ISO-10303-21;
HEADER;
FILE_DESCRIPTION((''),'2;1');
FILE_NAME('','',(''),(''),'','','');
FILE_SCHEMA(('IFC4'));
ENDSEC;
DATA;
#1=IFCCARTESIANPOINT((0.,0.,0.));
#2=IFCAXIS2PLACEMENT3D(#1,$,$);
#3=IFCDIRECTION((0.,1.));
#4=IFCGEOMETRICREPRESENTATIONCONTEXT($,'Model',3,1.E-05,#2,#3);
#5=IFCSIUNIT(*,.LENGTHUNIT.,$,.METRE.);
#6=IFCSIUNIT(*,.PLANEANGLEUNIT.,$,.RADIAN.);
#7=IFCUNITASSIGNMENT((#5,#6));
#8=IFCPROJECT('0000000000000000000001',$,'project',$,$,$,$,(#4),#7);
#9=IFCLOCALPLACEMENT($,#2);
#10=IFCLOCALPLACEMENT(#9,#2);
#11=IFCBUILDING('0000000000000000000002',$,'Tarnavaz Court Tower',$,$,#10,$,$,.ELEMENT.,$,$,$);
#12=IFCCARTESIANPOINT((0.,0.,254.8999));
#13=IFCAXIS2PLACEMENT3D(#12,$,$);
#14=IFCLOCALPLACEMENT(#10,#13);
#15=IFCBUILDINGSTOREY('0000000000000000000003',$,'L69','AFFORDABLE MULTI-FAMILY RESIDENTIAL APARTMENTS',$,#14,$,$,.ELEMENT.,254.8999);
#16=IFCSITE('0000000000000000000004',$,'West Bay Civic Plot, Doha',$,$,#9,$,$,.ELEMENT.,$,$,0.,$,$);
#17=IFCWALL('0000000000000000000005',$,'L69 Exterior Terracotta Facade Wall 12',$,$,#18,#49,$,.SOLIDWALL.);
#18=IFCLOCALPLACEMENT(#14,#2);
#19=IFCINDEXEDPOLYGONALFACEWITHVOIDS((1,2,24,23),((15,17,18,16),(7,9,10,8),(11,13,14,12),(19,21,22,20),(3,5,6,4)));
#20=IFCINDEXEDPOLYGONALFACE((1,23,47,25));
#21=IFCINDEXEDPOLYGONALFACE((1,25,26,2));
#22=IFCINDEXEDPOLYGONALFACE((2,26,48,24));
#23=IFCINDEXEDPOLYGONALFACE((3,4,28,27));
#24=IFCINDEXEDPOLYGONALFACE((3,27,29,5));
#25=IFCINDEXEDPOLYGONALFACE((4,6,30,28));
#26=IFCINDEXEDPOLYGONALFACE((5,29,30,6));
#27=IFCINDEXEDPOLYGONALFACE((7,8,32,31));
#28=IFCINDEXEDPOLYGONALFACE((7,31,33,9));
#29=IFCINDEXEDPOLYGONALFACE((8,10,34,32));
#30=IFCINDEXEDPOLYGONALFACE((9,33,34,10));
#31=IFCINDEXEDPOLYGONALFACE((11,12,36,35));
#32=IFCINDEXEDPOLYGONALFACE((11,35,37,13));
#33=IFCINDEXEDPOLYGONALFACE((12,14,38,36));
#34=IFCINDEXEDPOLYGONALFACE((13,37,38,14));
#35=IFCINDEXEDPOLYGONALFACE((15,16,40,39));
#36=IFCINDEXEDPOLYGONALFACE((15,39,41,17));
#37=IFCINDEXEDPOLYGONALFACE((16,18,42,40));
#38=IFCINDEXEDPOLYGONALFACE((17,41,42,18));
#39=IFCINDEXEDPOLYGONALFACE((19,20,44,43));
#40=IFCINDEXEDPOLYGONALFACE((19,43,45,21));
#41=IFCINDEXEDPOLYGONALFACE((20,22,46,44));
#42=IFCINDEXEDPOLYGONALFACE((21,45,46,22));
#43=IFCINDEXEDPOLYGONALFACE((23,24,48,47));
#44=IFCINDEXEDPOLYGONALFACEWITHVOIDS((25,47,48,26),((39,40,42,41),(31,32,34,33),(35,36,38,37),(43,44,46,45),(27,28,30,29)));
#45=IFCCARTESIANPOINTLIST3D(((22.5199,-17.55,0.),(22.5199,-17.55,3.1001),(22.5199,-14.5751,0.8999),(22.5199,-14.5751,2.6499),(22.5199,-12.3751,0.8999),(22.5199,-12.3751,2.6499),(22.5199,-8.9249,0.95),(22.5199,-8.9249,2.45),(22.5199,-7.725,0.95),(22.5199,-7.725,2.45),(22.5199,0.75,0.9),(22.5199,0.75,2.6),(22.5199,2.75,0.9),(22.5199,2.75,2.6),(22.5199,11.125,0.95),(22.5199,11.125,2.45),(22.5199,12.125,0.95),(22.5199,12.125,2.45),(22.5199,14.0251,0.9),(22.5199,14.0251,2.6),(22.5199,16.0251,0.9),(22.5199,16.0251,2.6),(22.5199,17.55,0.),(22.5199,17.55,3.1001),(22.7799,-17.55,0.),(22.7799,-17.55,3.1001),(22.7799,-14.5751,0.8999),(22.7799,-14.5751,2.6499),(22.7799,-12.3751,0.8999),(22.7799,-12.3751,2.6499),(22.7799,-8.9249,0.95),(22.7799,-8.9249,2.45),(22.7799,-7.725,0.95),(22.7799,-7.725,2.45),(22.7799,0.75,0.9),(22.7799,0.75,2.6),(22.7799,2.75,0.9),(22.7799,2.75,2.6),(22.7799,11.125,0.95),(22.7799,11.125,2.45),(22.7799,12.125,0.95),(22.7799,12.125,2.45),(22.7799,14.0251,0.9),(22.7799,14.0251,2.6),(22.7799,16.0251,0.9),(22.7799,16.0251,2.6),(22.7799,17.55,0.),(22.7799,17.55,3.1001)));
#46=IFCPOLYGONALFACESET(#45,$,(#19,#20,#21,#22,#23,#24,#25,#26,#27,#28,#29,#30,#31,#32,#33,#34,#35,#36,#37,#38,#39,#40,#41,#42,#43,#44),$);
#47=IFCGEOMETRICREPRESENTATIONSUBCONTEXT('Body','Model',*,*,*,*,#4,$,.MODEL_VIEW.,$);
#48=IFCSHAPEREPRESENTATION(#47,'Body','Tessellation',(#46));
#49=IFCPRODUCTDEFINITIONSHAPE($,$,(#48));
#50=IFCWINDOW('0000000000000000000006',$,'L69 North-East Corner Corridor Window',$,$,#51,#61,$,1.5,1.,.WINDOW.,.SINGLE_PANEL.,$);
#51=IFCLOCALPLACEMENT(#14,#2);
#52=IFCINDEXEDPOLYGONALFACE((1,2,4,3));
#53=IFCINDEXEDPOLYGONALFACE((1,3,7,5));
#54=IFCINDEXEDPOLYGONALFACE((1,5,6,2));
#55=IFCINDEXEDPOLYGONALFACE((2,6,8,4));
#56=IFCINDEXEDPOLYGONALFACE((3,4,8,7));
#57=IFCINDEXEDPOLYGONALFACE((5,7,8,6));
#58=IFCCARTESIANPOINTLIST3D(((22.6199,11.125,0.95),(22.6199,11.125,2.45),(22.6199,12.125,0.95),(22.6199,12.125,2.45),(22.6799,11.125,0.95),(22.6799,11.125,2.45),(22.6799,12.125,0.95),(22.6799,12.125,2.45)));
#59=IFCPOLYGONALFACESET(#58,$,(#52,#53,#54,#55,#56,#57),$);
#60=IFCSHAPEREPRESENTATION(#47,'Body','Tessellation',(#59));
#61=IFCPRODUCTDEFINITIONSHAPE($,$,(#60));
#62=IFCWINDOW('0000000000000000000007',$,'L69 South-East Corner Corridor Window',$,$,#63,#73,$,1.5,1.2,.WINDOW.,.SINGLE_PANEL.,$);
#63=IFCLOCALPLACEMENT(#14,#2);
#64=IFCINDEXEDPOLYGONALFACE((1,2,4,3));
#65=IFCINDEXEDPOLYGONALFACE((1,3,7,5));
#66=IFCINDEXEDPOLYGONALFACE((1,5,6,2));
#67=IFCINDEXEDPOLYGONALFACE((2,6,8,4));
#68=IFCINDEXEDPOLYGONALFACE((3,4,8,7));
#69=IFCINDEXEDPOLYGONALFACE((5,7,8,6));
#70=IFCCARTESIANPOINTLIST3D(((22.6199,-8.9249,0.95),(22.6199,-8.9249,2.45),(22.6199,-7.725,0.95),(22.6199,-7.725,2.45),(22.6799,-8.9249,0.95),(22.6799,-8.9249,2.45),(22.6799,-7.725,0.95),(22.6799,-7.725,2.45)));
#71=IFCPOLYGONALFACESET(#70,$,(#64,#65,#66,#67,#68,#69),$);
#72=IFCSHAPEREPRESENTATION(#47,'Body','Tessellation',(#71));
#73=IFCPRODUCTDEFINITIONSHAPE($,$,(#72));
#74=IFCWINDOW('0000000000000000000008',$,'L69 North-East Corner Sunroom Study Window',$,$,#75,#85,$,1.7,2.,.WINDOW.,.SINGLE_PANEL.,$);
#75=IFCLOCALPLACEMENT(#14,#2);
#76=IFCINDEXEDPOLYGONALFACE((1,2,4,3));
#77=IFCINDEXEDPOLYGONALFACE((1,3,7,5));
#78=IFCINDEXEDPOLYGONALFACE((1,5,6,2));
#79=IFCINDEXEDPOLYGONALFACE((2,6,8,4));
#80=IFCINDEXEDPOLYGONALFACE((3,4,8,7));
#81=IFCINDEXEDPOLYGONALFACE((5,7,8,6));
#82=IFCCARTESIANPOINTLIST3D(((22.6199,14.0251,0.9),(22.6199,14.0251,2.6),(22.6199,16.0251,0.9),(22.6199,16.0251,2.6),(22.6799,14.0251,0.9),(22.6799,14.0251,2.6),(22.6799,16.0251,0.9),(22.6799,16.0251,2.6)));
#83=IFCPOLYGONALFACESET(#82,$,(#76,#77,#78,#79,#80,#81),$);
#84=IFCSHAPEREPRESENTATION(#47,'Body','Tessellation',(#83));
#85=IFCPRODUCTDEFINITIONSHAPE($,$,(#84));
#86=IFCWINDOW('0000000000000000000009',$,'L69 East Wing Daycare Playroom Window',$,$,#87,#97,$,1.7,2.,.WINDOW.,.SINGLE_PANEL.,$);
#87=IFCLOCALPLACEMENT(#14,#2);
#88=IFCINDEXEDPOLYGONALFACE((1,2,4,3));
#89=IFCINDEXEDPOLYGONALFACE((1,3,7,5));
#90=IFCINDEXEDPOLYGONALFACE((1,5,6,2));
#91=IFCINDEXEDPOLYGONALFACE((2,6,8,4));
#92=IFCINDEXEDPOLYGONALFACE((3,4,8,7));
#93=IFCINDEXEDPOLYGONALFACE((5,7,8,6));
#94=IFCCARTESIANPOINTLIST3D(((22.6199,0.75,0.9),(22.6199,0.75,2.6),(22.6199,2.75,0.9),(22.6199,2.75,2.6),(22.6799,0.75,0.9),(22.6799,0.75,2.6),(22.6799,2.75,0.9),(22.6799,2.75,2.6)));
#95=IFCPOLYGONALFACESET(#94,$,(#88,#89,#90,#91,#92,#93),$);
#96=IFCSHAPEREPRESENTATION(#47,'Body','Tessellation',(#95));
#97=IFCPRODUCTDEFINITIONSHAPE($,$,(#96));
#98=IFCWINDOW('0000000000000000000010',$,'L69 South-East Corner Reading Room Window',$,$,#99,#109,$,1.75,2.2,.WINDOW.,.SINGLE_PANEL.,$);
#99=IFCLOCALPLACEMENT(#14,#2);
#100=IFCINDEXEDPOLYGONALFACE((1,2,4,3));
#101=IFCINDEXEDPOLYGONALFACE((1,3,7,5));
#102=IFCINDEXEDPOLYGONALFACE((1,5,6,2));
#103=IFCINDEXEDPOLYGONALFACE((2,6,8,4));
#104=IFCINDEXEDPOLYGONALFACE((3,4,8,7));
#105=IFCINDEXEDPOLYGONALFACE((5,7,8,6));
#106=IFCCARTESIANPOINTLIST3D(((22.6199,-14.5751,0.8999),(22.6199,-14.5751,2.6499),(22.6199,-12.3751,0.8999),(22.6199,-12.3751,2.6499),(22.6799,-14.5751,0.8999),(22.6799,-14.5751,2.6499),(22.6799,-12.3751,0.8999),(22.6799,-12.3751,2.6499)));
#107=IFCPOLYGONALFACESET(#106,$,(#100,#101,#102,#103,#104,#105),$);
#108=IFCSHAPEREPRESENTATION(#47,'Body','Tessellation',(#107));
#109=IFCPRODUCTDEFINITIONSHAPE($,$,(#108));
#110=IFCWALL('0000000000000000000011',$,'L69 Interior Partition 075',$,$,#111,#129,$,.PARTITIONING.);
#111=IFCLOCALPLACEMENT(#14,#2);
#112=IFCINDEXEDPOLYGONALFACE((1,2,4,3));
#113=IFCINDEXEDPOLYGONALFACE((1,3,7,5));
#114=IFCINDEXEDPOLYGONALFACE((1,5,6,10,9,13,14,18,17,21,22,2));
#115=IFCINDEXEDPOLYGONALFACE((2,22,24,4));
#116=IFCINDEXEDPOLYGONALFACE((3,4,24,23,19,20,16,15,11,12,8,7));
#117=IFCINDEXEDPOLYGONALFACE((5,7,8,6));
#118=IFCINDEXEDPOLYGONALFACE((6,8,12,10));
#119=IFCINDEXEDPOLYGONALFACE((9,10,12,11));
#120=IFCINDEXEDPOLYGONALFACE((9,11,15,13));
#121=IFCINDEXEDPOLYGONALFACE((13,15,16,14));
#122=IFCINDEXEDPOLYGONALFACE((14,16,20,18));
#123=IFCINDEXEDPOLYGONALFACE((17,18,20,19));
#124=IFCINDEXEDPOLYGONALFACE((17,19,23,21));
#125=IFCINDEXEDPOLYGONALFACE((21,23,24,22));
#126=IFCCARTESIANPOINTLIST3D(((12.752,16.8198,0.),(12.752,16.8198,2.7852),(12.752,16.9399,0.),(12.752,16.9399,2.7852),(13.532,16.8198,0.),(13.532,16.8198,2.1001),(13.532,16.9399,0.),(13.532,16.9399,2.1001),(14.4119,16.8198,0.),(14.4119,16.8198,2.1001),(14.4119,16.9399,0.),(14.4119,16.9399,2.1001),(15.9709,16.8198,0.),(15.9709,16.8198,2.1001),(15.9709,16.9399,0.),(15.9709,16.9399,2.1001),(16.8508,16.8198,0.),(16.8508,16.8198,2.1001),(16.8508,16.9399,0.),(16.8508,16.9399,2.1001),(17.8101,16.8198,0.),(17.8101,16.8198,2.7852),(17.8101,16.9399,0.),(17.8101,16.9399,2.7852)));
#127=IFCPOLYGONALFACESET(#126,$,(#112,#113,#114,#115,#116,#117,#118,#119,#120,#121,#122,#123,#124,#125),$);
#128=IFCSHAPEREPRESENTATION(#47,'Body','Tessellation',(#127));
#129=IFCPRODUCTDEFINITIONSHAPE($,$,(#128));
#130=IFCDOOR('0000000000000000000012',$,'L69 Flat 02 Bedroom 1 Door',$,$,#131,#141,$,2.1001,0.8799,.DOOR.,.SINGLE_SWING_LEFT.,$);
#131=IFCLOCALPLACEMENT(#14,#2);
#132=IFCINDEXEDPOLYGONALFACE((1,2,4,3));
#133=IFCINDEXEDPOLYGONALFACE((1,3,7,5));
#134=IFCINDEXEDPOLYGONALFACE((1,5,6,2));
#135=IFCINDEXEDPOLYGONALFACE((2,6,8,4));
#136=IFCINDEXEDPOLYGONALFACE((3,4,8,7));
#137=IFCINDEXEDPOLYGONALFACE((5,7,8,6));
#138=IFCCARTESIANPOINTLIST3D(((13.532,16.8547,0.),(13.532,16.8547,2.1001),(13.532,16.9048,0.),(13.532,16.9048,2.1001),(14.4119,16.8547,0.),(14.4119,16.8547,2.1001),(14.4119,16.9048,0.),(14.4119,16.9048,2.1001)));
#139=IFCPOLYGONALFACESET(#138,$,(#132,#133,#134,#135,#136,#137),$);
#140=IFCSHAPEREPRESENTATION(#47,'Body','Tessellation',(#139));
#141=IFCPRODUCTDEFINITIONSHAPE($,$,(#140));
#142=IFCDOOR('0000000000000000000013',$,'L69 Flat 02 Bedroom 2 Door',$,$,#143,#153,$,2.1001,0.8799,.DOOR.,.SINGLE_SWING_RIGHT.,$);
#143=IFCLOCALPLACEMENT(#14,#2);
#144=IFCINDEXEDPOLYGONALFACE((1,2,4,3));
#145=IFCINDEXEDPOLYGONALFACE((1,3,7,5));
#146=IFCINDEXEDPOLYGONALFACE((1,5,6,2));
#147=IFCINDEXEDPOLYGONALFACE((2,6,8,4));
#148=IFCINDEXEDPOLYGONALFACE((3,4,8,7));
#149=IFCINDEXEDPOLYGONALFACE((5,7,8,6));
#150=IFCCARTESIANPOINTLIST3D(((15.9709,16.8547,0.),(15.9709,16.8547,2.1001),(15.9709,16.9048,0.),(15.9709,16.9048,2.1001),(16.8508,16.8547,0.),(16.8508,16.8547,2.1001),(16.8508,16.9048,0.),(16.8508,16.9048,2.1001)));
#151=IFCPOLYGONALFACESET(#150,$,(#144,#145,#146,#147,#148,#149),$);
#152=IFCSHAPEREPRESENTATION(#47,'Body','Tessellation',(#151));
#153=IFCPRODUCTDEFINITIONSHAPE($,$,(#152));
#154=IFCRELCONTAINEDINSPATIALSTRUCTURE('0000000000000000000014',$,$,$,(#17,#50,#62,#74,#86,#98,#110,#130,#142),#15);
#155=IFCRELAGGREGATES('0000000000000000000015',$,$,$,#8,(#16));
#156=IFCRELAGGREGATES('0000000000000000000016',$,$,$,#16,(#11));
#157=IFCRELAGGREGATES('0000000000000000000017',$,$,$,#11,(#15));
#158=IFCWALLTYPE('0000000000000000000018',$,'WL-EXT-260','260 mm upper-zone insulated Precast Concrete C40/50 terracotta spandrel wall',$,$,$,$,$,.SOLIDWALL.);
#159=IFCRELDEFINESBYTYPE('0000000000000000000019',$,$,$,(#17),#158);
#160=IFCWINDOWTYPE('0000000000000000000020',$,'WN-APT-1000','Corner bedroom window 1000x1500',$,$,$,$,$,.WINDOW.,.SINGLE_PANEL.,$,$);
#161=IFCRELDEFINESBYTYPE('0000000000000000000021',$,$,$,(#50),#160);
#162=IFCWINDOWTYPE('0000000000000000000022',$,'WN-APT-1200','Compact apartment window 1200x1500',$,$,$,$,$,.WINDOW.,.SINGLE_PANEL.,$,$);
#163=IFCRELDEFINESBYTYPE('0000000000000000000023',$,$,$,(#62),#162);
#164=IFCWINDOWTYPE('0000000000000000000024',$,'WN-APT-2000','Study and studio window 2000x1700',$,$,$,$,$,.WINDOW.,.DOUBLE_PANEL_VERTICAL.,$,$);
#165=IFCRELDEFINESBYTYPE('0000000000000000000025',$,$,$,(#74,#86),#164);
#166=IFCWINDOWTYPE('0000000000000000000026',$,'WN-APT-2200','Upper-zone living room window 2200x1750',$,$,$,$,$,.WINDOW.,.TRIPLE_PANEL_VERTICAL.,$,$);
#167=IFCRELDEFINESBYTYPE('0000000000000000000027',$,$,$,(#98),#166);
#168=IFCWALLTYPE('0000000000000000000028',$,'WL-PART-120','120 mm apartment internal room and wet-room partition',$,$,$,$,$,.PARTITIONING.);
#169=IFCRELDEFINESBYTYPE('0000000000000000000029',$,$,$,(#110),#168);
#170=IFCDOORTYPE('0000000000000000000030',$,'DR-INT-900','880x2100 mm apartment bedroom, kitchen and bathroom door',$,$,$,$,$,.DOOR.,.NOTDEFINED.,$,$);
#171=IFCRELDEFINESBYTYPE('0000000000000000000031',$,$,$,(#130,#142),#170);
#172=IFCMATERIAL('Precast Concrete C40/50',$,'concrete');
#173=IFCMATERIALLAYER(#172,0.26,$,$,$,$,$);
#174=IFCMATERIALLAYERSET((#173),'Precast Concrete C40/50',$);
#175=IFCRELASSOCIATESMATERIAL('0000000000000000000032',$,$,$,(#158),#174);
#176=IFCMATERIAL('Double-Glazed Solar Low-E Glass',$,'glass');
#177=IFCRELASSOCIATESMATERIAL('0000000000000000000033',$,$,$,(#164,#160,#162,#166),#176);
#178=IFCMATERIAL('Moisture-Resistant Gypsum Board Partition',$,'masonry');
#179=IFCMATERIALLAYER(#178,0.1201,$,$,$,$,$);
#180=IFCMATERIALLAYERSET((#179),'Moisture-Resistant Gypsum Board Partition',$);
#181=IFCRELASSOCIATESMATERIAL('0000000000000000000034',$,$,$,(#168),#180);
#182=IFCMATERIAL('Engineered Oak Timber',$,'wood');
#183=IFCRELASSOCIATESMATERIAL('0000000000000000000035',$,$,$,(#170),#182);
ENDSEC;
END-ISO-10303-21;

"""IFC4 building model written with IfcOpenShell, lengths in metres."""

from ifc_helpers import new_model, si_unit, direction, frame, frame_2d, origin, place, context, subcontext, project, spatial, rectangle, extrude, material, layer, layer_set, type_object, element, fill, save


model = new_model("IFC4")

# Units and contexts
model_context = context("Model", 3, precision=1e-05, world=origin(), true_north=direction((0.0, 1.0)))
body_context = subcontext(model_context, "Body", "Model", "MODEL_VIEW")
ifc_project = project(units=[si_unit("LENGTHUNIT", "METRE"), si_unit("PLANEANGLEUNIT", "RADIAN")], contexts=[model_context])

# Site, building, storey
site_placement = place(None, origin())
site = spatial("IfcSite", under=ifc_project, at=site_placement, Name="West Bay Civic Plot, Doha", CompositionType="ELEMENT", RefElevation=0.0)
building_placement = place(site_placement, origin())
building = spatial("IfcBuilding", under=site, at=building_placement, Name="Tarnavaz Court Tower", CompositionType="ELEMENT")
storey_placement = place(building_placement, frame((0.0, 0.0, 254.8999)))
storey = spatial("IfcBuildingStorey", under=building, at=storey_placement, Name="L69", Description="AFFORDABLE MULTI-FAMILY RESIDENTIAL APARTMENTS", CompositionType="ELEMENT", Elevation=254.8999)

# Shared definitions
ifc_material_1 = material(Name="Precast Concrete C40/50", Category="concrete")
ifc_layer_1 = layer(ifc_material_1, 0.26)
ifc_layer_set_1 = layer_set([ifc_layer_1], Name="Precast Concrete C40/50")
wall_type_1 = type_object("IfcWallType", Name="WL-EXT-260", Description="260 mm upper-zone insulated Precast Concrete C40/50 terracotta spandrel wall", PredefinedType="SOLIDWALL", material=ifc_layer_set_1)
ifc_material_2 = material(Name="Double-Glazed Solar Low-E Glass", Category="glass")
window_type_1 = type_object("IfcWindowType", Name="WN-APT-2000", Description="Study and studio window 2000x1700", PartitioningType="DOUBLE_PANEL_VERTICAL", PredefinedType="WINDOW", material=ifc_material_2)

# Wall, openings, windows
wall_1_placement = place(storey_placement, frame((22.6499, 17.55, 0.0), z_axis=(0.0, 0.0, 1.0), x_axis=(0.0, -1.0, 0.0)))
wall_1 = element("IfcWall", 1, at=wall_1_placement, inside=storey, type_object=wall_type_1, Name="L69 Exterior Terracotta Facade Wall 12", PredefinedType="SOLIDWALL", context=body_context, shape_type="SweptSolid", body=[
    extrude(rectangle(XDim=35.1001, YDim=0.26, at=frame_2d((17.55, 0.0))), origin(), (0.0, 0.0, 1.0), 3.1001),
])
opening_1_placement = place(wall_1_placement, frame((1.5249, 0.0, 0.8999)))
opening_1 = element("IfcOpeningElement", 2, at=opening_1_placement, cuts=wall_1, PredefinedType="OPENING", context=body_context, shape_type="SweptSolid", body=[
    extrude(rectangle(XDim=2.0, YDim=1.7, at=frame_2d((1.0, 0.8501))), frame((0.0, 0.1399, 0.0), z_axis=(0.0, -1.0, 0.0), x_axis=(1.0, 0.0, 0.0)), (0.0, 0.0, 1.0), 0.28),
])
opening_2_placement = place(wall_1_placement, frame((5.425, 0.0, 0.95)))
opening_2 = element("IfcOpeningElement", 3, at=opening_2_placement, cuts=wall_1, PredefinedType="OPENING", context=body_context, shape_type="SweptSolid", body=[
    extrude(rectangle(XDim=1.0, YDim=1.5, at=frame_2d((0.5, 0.75))), frame((0.0, 0.1399, 0.0), z_axis=(0.0, -1.0, 0.0), x_axis=(1.0, 0.0, 0.0)), (0.0, 0.0, 1.0), 0.28),
])
opening_3_placement = place(wall_1_placement, frame((14.8, 0.0, 0.8999)))
opening_3 = element("IfcOpeningElement", 4, at=opening_3_placement, cuts=wall_1, PredefinedType="OPENING", context=body_context, shape_type="SweptSolid", body=[
    extrude(rectangle(XDim=2.0, YDim=1.7, at=frame_2d((1.0, 0.8501))), frame((0.0, 0.1399, 0.0), z_axis=(0.0, -1.0, 0.0), x_axis=(1.0, 0.0, 0.0)), (0.0, 0.0, 1.0), 0.28),
])
opening_4_placement = place(wall_1_placement, frame((25.2749, 0.0, 0.95)))
opening_4 = element("IfcOpeningElement", 5, at=opening_4_placement, cuts=wall_1, PredefinedType="OPENING", context=body_context, shape_type="SweptSolid", body=[
    extrude(rectangle(XDim=1.2, YDim=1.5, at=frame_2d((0.6001, 0.75))), frame((0.0, 0.1399, 0.0), z_axis=(0.0, -1.0, 0.0), x_axis=(1.0, 0.0, 0.0)), (0.0, 0.0, 1.0), 0.28),
])
opening_5_placement = place(wall_1_placement, frame((29.925, 0.0, 0.8999)))
opening_5 = element("IfcOpeningElement", 6, at=opening_5_placement, cuts=wall_1, PredefinedType="OPENING", context=body_context, shape_type="SweptSolid", body=[
    extrude(rectangle(XDim=2.2, YDim=1.75, at=frame_2d((1.1001, 0.875))), frame((0.0, 0.1399, 0.0), z_axis=(0.0, -1.0, 0.0), x_axis=(1.0, 0.0, 0.0)), (0.0, 0.0, 1.0), 0.28),
])
window_type_2 = type_object("IfcWindowType", Name="WN-APT-1000", Description="Corner bedroom window 1000x1500", PartitioningType="SINGLE_PANEL", PredefinedType="WINDOW", material=ifc_material_2)
window_1_placement = place(opening_2_placement, origin())
window_1 = element("IfcWindow", 7, at=window_1_placement, inside=storey, type_object=window_type_2, Name="L69 North-East Corner Corridor Window", OverallHeight=1.5, OverallWidth=1.0, PartitioningType="SINGLE_PANEL", PredefinedType="WINDOW", context=body_context, shape_type="SweptSolid", body=[
    extrude(rectangle(XDim=1.0, YDim=1.5, at=frame_2d((0.5, 0.75))), frame((0.0, 0.03, 0.0), z_axis=(0.0, -1.0, 0.0), x_axis=(1.0, 0.0, 0.0)), (0.0, 0.0, 1.0), 0.0601),
])
fill(opening_2, window_1)
window_type_3 = type_object("IfcWindowType", Name="WN-APT-1200", Description="Compact apartment window 1200x1500", PartitioningType="SINGLE_PANEL", PredefinedType="WINDOW", material=ifc_material_2)
window_2_placement = place(opening_4_placement, origin())
window_2 = element("IfcWindow", 8, at=window_2_placement, inside=storey, type_object=window_type_3, Name="L69 South-East Corner Corridor Window", OverallHeight=1.5, OverallWidth=1.2, PartitioningType="SINGLE_PANEL", PredefinedType="WINDOW", context=body_context, shape_type="SweptSolid", body=[
    extrude(rectangle(XDim=1.2, YDim=1.5, at=frame_2d((0.6001, 0.75))), frame((0.0, 0.03, 0.0), z_axis=(0.0, -1.0, 0.0), x_axis=(1.0, 0.0, 0.0)), (0.0, 0.0, 1.0), 0.0601),
])
fill(opening_4, window_2)
window_3_placement = place(opening_1_placement, origin())
window_3 = element("IfcWindow", 9, at=window_3_placement, inside=storey, type_object=window_type_1, Name="L69 North-East Corner Sunroom Study Window", OverallHeight=1.7, OverallWidth=2.0, PartitioningType="SINGLE_PANEL", PredefinedType="WINDOW", context=body_context, shape_type="SweptSolid", body=[
    extrude(rectangle(XDim=2.0, YDim=1.7, at=frame_2d((1.0, 0.8501))), frame((0.0, 0.03, 0.0), z_axis=(0.0, -1.0, 0.0), x_axis=(1.0, 0.0, 0.0)), (0.0, 0.0, 1.0), 0.0601),
])
fill(opening_1, window_3)
window_4_placement = place(opening_3_placement, origin())
window_4 = element("IfcWindow", 10, at=window_4_placement, inside=storey, type_object=window_type_1, Name="L69 East Wing Daycare Playroom Window", OverallHeight=1.7, OverallWidth=2.0, PartitioningType="SINGLE_PANEL", PredefinedType="WINDOW", context=body_context, shape_type="SweptSolid", body=[
    extrude(rectangle(XDim=2.0, YDim=1.7, at=frame_2d((1.0, 0.8501))), frame((0.0, 0.03, 0.0), z_axis=(0.0, -1.0, 0.0), x_axis=(1.0, 0.0, 0.0)), (0.0, 0.0, 1.0), 0.0601),
])
fill(opening_3, window_4)
window_type_4 = type_object("IfcWindowType", Name="WN-APT-2200", Description="Upper-zone living room window 2200x1750", PartitioningType="TRIPLE_PANEL_VERTICAL", PredefinedType="WINDOW", material=ifc_material_2)
window_5_placement = place(opening_5_placement, origin())
window_5 = element("IfcWindow", 11, at=window_5_placement, inside=storey, type_object=window_type_4, Name="L69 South-East Corner Reading Room Window", OverallHeight=1.75, OverallWidth=2.2, PartitioningType="SINGLE_PANEL", PredefinedType="WINDOW", context=body_context, shape_type="SweptSolid", body=[
    extrude(rectangle(XDim=2.2, YDim=1.75, at=frame_2d((1.1001, 0.875))), frame((0.0, 0.03, 0.0), z_axis=(0.0, -1.0, 0.0), x_axis=(1.0, 0.0, 0.0)), (0.0, 0.0, 1.0), 0.0601),
])
fill(opening_5, window_5)

# Wall, openings, doors
ifc_material_3 = material(Name="Moisture-Resistant Gypsum Board Partition", Category="masonry")
ifc_layer_2 = layer(ifc_material_3, 0.1201)
ifc_layer_set_2 = layer_set([ifc_layer_2], Name="Moisture-Resistant Gypsum Board Partition")
wall_type_2 = type_object("IfcWallType", Name="WL-PART-120", Description="120 mm apartment internal room and wet-room partition", PredefinedType="PARTITIONING", material=ifc_layer_set_2)
wall_2_placement = place(storey_placement, frame((12.752, 16.8799, 0.0), z_axis=(0.0, 0.0, 1.0), x_axis=(1.0, 0.0, 0.0)))
wall_2 = element("IfcWall", 12, at=wall_2_placement, inside=storey, type_object=wall_type_2, Name="L69 Interior Partition 075", PredefinedType="PARTITIONING", context=body_context, shape_type="SweptSolid", body=[
    extrude(rectangle(XDim=5.0581, YDim=0.1201, at=frame_2d((2.5291, 0.0))), origin(), (0.0, 0.0, 1.0), 2.7852),
])
opening_6_placement = place(wall_2_placement, frame((0.78, 0.0, 0.0)))
opening_6 = element("IfcOpeningElement", 13, at=opening_6_placement, cuts=wall_2, PredefinedType="OPENING", context=body_context, shape_type="SweptSolid", body=[
    extrude(rectangle(XDim=0.8799, YDim=2.1001, at=frame_2d((0.4399, 1.05))), frame((0.0, 0.0701, 0.0), z_axis=(0.0, -1.0, 0.0), x_axis=(1.0, 0.0, 0.0)), (0.0, 0.0, 1.0), 0.1401),
])
opening_7_placement = place(wall_2_placement, frame((3.219, 0.0, 0.0)))
opening_7 = element("IfcOpeningElement", 14, at=opening_7_placement, cuts=wall_2, PredefinedType="OPENING", context=body_context, shape_type="SweptSolid", body=[
    extrude(rectangle(XDim=0.8799, YDim=2.1001, at=frame_2d((0.4399, 1.05))), frame((0.0, 0.0701, 0.0), z_axis=(0.0, -1.0, 0.0), x_axis=(1.0, 0.0, 0.0)), (0.0, 0.0, 1.0), 0.1401),
])
ifc_material_4 = material(Name="Engineered Oak Timber", Category="wood")
door_type = type_object("IfcDoorType", Name="DR-INT-900", Description="880x2100 mm apartment bedroom, kitchen and bathroom door", OperationType="NOTDEFINED", PredefinedType="DOOR", material=ifc_material_4)
door_1_placement = place(opening_6_placement, origin())
door_1 = element("IfcDoor", 15, at=door_1_placement, inside=storey, type_object=door_type, Name="L69 Flat 02 Bedroom 1 Door", OperationType="SINGLE_SWING_LEFT", OverallHeight=2.1001, OverallWidth=0.8799, PredefinedType="DOOR", context=body_context, shape_type="SweptSolid", body=[
    extrude(rectangle(XDim=0.8799, YDim=2.1001, at=frame_2d((0.4399, 1.05))), frame((0.0, 0.0249, 0.0), z_axis=(0.0, -1.0, 0.0), x_axis=(1.0, 0.0, 0.0)), (0.0, 0.0, 1.0), 0.05),
])
fill(opening_6, door_1)
door_2_placement = place(opening_7_placement, origin())
door_2 = element("IfcDoor", 16, at=door_2_placement, inside=storey, type_object=door_type, Name="L69 Flat 02 Bedroom 2 Door", OperationType="SINGLE_SWING_RIGHT", OverallHeight=2.1001, OverallWidth=0.8799, PredefinedType="DOOR", context=body_context, shape_type="SweptSolid", body=[
    extrude(rectangle(XDim=0.8799, YDim=2.1001, at=frame_2d((0.4399, 1.05))), frame((0.0, 0.0249, 0.0), z_axis=(0.0, -1.0, 0.0), x_axis=(1.0, 0.0, 0.0)), (0.0, 0.0, 1.0), 0.05),
])
fill(opening_7, door_2)

save(model, "model.ifc")
